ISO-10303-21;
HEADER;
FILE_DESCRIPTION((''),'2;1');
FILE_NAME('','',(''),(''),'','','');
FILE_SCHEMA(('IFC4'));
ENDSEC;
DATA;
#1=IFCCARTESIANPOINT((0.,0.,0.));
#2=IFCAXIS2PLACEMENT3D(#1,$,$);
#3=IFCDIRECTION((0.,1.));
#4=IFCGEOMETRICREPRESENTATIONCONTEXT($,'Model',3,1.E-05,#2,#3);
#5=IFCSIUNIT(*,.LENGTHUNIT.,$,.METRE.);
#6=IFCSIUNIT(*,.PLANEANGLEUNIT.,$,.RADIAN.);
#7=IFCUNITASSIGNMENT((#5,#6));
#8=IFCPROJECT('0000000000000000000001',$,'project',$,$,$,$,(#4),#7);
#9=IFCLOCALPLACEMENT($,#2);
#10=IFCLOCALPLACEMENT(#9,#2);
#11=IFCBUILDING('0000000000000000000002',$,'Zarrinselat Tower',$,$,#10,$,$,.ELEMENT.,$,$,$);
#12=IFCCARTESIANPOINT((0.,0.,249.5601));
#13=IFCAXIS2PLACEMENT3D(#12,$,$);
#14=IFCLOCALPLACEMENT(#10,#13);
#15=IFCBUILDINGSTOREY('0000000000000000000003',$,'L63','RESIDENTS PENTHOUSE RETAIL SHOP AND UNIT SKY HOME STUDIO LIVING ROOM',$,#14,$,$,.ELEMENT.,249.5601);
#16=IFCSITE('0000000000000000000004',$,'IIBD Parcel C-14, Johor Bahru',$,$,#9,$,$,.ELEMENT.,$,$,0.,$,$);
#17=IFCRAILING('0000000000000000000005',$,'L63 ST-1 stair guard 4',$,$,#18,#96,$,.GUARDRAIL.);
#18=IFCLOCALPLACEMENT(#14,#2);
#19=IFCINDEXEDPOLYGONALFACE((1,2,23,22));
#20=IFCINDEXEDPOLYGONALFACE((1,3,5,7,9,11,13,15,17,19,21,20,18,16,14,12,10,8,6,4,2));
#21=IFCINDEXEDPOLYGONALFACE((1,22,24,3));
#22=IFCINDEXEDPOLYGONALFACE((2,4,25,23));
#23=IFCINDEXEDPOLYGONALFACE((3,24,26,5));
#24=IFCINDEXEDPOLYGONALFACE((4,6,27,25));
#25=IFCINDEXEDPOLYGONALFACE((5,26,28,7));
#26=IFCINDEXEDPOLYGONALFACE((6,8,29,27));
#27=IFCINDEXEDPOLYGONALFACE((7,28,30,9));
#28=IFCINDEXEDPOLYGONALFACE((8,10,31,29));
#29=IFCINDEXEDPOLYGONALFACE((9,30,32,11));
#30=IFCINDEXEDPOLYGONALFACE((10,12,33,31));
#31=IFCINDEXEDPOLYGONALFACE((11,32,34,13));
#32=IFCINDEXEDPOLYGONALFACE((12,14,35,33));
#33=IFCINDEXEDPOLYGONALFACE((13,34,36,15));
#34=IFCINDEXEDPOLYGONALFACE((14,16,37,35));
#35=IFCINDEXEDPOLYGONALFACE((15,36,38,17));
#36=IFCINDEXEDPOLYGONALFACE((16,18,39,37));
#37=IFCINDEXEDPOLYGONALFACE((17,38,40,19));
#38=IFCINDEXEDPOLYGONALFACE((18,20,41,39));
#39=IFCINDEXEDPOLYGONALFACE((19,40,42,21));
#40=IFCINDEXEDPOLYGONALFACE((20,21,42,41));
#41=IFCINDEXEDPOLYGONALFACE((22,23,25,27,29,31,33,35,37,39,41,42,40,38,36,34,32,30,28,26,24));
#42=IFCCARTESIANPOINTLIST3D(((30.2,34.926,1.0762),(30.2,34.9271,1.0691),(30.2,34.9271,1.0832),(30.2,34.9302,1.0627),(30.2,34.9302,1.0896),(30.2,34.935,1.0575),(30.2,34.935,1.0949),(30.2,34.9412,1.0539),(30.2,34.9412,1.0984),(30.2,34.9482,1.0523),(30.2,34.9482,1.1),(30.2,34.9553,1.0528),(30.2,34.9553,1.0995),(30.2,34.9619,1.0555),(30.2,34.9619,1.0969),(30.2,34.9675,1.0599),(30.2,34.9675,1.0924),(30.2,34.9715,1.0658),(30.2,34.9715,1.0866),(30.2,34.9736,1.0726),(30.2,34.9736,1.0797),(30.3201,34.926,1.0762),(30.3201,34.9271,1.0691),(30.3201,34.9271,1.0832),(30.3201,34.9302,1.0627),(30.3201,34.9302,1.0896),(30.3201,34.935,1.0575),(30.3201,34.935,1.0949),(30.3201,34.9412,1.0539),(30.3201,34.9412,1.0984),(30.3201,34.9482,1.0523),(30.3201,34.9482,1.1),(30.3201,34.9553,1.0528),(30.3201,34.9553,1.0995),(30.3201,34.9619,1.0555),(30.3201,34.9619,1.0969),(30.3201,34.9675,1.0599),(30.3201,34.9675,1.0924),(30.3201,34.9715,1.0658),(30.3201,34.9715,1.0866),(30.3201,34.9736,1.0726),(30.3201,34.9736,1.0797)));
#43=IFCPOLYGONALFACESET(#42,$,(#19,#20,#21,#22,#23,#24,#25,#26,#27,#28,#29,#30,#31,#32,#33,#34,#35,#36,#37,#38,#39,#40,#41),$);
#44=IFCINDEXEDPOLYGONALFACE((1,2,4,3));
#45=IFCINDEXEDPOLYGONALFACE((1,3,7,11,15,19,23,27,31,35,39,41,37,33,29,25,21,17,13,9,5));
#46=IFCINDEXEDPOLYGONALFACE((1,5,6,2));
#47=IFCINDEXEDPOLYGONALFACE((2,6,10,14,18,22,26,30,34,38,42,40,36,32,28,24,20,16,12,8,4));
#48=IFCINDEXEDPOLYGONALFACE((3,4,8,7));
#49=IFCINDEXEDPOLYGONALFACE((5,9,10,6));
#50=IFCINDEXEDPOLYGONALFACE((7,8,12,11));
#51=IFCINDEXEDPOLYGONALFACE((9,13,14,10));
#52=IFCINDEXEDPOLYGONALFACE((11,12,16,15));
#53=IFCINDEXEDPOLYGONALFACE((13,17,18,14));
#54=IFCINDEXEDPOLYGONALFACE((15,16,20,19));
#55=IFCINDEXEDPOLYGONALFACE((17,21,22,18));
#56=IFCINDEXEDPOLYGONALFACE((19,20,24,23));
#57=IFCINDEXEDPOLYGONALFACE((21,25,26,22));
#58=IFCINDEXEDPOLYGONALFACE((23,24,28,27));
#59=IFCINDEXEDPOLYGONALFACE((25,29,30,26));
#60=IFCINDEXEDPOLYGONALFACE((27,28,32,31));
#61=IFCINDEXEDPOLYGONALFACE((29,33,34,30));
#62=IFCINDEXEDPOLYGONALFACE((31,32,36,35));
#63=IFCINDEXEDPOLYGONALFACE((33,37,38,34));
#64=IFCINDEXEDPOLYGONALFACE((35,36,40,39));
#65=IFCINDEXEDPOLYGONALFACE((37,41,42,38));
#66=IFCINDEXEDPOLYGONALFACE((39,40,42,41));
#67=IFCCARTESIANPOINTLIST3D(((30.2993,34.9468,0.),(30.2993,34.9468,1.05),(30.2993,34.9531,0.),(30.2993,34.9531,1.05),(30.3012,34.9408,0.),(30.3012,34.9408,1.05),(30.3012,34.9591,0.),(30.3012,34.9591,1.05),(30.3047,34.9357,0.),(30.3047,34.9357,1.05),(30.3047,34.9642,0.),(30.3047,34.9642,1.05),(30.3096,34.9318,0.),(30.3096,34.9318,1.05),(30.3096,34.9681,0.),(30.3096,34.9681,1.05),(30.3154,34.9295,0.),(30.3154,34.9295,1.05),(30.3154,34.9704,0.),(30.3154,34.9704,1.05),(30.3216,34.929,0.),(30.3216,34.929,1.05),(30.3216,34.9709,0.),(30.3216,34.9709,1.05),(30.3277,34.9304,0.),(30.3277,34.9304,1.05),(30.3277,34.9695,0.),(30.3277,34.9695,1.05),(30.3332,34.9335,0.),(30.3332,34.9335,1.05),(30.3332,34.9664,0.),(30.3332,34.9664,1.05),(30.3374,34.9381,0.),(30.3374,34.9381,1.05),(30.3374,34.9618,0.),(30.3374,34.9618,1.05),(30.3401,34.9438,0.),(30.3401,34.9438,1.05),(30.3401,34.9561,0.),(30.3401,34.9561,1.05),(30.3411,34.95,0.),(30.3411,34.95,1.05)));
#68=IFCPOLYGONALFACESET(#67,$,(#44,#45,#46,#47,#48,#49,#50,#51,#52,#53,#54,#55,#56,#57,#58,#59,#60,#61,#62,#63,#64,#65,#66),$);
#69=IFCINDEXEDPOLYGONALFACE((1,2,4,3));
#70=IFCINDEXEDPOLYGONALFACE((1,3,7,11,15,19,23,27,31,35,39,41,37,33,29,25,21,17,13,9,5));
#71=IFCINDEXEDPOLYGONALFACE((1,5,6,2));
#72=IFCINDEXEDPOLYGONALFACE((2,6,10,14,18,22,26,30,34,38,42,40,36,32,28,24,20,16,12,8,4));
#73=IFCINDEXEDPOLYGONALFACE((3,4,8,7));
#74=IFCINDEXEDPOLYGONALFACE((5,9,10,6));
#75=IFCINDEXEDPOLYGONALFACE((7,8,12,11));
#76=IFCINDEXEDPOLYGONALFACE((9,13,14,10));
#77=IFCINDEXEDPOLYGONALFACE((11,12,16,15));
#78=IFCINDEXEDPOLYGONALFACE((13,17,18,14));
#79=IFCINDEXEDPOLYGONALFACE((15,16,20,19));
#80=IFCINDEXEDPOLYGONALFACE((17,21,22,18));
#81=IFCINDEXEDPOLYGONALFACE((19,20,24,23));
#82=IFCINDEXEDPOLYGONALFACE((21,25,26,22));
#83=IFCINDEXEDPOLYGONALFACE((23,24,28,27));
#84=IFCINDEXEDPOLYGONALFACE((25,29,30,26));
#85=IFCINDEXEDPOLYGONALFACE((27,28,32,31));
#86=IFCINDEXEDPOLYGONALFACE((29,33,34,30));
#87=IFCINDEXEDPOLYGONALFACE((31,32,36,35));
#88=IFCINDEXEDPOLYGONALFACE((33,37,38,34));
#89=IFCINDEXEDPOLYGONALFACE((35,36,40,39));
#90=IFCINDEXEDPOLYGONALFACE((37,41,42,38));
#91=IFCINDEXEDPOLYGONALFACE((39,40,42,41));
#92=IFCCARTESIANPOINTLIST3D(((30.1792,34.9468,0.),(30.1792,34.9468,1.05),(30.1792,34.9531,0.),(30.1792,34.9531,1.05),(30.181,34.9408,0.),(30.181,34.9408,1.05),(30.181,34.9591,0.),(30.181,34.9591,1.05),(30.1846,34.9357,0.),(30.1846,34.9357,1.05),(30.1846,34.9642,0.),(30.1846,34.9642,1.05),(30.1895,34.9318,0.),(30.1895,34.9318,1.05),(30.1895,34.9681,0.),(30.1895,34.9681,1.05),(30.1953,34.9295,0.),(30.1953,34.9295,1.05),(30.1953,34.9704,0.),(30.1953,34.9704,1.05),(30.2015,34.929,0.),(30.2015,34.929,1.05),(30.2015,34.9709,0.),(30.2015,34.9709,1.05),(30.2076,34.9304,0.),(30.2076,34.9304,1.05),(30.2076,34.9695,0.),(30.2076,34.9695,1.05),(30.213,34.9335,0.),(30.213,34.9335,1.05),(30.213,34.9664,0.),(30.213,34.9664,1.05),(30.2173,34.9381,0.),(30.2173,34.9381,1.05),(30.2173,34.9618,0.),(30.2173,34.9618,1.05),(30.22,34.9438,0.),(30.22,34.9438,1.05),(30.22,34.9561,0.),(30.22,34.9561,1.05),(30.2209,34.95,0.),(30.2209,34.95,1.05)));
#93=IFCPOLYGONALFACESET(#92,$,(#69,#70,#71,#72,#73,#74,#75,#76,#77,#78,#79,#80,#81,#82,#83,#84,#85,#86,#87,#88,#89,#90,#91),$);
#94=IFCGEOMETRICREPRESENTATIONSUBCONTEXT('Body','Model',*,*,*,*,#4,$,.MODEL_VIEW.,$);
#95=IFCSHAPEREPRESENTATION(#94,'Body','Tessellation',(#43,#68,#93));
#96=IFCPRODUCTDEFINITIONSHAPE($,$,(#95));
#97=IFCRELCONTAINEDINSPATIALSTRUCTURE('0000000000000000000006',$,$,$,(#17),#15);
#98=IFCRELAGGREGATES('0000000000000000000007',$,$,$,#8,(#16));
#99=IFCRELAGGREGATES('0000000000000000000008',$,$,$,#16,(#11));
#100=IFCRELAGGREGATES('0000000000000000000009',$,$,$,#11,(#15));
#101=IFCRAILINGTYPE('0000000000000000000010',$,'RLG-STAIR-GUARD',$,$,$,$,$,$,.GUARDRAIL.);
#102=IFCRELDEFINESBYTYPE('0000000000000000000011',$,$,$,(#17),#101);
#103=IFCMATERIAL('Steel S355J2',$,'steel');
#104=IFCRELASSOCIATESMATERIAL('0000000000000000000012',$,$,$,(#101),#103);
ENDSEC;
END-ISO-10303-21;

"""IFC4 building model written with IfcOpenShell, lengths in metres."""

from ifc_helpers import new_model, si_unit, direction, frame, origin, origin_2d, place, context, subcontext, project, spatial, circle, extrude, material, type_object, element, save


model = new_model("IFC4")

# Units and contexts
model_context = context("Model", 3, precision=1e-05, world=origin(), true_north=direction((0.0, 1.0)))
body_context = subcontext(model_context, "Body", "Model", "MODEL_VIEW")
ifc_project = project(units=[si_unit("LENGTHUNIT", "METRE"), si_unit("PLANEANGLEUNIT", "RADIAN")], contexts=[model_context])

# Site, building, storey
site_placement = place(None, origin())
site = spatial("IfcSite", under=ifc_project, at=site_placement, Name="IIBD Parcel C-14, Johor Bahru", CompositionType="ELEMENT", RefElevation=0.0)
building_placement = place(site_placement, origin())
building = spatial("IfcBuilding", under=site, at=building_placement, Name="Zarrinselat Tower", CompositionType="ELEMENT")
storey_placement = place(building_placement, frame((0.0, 0.0, 249.5601)))
storey = spatial("IfcBuildingStorey", under=building, at=storey_placement, Name="L63", Description="RESIDENTS PENTHOUSE RETAIL SHOP AND UNIT SKY HOME STUDIO LIVING ROOM", CompositionType="ELEMENT", Elevation=249.5601)

# Railing
ifc_material_1 = material(Name="Steel S355J2", Category="steel")
railing_type_1 = type_object("IfcRailingType", Name="RLG-STAIR-GUARD", PredefinedType="GUARDRAIL", material=ifc_material_1)
railing_1_placement = place(storey_placement, frame((30.3201, 34.95, 0.0)))
element("IfcRailing", 1, at=railing_1_placement, inside=storey, type_object=railing_type_1, Name="L63 ST-1 stair guard 4", PredefinedType="GUARDRAIL", context=body_context, shape_type="SweptSolid", body=[
    extrude(circle(Radius=0.0239, at=origin_2d()), frame((0.0, 0.0, 1.0762), z_axis=(-1.0, 0.0, 0.0), x_axis=(0.0, -1.0, 0.0)), (0.0, 0.0, 1.0), 0.1201),
    extrude(circle(Radius=0.021, at=origin_2d()), origin(), (0.0, 0.0, 1.0), 1.05),
    extrude(circle(Radius=0.021, at=origin_2d()), frame((-0.1201, 0.0, 0.0)), (0.0, 0.0, 1.0), 1.05),
])

save(model, "model.ifc")
